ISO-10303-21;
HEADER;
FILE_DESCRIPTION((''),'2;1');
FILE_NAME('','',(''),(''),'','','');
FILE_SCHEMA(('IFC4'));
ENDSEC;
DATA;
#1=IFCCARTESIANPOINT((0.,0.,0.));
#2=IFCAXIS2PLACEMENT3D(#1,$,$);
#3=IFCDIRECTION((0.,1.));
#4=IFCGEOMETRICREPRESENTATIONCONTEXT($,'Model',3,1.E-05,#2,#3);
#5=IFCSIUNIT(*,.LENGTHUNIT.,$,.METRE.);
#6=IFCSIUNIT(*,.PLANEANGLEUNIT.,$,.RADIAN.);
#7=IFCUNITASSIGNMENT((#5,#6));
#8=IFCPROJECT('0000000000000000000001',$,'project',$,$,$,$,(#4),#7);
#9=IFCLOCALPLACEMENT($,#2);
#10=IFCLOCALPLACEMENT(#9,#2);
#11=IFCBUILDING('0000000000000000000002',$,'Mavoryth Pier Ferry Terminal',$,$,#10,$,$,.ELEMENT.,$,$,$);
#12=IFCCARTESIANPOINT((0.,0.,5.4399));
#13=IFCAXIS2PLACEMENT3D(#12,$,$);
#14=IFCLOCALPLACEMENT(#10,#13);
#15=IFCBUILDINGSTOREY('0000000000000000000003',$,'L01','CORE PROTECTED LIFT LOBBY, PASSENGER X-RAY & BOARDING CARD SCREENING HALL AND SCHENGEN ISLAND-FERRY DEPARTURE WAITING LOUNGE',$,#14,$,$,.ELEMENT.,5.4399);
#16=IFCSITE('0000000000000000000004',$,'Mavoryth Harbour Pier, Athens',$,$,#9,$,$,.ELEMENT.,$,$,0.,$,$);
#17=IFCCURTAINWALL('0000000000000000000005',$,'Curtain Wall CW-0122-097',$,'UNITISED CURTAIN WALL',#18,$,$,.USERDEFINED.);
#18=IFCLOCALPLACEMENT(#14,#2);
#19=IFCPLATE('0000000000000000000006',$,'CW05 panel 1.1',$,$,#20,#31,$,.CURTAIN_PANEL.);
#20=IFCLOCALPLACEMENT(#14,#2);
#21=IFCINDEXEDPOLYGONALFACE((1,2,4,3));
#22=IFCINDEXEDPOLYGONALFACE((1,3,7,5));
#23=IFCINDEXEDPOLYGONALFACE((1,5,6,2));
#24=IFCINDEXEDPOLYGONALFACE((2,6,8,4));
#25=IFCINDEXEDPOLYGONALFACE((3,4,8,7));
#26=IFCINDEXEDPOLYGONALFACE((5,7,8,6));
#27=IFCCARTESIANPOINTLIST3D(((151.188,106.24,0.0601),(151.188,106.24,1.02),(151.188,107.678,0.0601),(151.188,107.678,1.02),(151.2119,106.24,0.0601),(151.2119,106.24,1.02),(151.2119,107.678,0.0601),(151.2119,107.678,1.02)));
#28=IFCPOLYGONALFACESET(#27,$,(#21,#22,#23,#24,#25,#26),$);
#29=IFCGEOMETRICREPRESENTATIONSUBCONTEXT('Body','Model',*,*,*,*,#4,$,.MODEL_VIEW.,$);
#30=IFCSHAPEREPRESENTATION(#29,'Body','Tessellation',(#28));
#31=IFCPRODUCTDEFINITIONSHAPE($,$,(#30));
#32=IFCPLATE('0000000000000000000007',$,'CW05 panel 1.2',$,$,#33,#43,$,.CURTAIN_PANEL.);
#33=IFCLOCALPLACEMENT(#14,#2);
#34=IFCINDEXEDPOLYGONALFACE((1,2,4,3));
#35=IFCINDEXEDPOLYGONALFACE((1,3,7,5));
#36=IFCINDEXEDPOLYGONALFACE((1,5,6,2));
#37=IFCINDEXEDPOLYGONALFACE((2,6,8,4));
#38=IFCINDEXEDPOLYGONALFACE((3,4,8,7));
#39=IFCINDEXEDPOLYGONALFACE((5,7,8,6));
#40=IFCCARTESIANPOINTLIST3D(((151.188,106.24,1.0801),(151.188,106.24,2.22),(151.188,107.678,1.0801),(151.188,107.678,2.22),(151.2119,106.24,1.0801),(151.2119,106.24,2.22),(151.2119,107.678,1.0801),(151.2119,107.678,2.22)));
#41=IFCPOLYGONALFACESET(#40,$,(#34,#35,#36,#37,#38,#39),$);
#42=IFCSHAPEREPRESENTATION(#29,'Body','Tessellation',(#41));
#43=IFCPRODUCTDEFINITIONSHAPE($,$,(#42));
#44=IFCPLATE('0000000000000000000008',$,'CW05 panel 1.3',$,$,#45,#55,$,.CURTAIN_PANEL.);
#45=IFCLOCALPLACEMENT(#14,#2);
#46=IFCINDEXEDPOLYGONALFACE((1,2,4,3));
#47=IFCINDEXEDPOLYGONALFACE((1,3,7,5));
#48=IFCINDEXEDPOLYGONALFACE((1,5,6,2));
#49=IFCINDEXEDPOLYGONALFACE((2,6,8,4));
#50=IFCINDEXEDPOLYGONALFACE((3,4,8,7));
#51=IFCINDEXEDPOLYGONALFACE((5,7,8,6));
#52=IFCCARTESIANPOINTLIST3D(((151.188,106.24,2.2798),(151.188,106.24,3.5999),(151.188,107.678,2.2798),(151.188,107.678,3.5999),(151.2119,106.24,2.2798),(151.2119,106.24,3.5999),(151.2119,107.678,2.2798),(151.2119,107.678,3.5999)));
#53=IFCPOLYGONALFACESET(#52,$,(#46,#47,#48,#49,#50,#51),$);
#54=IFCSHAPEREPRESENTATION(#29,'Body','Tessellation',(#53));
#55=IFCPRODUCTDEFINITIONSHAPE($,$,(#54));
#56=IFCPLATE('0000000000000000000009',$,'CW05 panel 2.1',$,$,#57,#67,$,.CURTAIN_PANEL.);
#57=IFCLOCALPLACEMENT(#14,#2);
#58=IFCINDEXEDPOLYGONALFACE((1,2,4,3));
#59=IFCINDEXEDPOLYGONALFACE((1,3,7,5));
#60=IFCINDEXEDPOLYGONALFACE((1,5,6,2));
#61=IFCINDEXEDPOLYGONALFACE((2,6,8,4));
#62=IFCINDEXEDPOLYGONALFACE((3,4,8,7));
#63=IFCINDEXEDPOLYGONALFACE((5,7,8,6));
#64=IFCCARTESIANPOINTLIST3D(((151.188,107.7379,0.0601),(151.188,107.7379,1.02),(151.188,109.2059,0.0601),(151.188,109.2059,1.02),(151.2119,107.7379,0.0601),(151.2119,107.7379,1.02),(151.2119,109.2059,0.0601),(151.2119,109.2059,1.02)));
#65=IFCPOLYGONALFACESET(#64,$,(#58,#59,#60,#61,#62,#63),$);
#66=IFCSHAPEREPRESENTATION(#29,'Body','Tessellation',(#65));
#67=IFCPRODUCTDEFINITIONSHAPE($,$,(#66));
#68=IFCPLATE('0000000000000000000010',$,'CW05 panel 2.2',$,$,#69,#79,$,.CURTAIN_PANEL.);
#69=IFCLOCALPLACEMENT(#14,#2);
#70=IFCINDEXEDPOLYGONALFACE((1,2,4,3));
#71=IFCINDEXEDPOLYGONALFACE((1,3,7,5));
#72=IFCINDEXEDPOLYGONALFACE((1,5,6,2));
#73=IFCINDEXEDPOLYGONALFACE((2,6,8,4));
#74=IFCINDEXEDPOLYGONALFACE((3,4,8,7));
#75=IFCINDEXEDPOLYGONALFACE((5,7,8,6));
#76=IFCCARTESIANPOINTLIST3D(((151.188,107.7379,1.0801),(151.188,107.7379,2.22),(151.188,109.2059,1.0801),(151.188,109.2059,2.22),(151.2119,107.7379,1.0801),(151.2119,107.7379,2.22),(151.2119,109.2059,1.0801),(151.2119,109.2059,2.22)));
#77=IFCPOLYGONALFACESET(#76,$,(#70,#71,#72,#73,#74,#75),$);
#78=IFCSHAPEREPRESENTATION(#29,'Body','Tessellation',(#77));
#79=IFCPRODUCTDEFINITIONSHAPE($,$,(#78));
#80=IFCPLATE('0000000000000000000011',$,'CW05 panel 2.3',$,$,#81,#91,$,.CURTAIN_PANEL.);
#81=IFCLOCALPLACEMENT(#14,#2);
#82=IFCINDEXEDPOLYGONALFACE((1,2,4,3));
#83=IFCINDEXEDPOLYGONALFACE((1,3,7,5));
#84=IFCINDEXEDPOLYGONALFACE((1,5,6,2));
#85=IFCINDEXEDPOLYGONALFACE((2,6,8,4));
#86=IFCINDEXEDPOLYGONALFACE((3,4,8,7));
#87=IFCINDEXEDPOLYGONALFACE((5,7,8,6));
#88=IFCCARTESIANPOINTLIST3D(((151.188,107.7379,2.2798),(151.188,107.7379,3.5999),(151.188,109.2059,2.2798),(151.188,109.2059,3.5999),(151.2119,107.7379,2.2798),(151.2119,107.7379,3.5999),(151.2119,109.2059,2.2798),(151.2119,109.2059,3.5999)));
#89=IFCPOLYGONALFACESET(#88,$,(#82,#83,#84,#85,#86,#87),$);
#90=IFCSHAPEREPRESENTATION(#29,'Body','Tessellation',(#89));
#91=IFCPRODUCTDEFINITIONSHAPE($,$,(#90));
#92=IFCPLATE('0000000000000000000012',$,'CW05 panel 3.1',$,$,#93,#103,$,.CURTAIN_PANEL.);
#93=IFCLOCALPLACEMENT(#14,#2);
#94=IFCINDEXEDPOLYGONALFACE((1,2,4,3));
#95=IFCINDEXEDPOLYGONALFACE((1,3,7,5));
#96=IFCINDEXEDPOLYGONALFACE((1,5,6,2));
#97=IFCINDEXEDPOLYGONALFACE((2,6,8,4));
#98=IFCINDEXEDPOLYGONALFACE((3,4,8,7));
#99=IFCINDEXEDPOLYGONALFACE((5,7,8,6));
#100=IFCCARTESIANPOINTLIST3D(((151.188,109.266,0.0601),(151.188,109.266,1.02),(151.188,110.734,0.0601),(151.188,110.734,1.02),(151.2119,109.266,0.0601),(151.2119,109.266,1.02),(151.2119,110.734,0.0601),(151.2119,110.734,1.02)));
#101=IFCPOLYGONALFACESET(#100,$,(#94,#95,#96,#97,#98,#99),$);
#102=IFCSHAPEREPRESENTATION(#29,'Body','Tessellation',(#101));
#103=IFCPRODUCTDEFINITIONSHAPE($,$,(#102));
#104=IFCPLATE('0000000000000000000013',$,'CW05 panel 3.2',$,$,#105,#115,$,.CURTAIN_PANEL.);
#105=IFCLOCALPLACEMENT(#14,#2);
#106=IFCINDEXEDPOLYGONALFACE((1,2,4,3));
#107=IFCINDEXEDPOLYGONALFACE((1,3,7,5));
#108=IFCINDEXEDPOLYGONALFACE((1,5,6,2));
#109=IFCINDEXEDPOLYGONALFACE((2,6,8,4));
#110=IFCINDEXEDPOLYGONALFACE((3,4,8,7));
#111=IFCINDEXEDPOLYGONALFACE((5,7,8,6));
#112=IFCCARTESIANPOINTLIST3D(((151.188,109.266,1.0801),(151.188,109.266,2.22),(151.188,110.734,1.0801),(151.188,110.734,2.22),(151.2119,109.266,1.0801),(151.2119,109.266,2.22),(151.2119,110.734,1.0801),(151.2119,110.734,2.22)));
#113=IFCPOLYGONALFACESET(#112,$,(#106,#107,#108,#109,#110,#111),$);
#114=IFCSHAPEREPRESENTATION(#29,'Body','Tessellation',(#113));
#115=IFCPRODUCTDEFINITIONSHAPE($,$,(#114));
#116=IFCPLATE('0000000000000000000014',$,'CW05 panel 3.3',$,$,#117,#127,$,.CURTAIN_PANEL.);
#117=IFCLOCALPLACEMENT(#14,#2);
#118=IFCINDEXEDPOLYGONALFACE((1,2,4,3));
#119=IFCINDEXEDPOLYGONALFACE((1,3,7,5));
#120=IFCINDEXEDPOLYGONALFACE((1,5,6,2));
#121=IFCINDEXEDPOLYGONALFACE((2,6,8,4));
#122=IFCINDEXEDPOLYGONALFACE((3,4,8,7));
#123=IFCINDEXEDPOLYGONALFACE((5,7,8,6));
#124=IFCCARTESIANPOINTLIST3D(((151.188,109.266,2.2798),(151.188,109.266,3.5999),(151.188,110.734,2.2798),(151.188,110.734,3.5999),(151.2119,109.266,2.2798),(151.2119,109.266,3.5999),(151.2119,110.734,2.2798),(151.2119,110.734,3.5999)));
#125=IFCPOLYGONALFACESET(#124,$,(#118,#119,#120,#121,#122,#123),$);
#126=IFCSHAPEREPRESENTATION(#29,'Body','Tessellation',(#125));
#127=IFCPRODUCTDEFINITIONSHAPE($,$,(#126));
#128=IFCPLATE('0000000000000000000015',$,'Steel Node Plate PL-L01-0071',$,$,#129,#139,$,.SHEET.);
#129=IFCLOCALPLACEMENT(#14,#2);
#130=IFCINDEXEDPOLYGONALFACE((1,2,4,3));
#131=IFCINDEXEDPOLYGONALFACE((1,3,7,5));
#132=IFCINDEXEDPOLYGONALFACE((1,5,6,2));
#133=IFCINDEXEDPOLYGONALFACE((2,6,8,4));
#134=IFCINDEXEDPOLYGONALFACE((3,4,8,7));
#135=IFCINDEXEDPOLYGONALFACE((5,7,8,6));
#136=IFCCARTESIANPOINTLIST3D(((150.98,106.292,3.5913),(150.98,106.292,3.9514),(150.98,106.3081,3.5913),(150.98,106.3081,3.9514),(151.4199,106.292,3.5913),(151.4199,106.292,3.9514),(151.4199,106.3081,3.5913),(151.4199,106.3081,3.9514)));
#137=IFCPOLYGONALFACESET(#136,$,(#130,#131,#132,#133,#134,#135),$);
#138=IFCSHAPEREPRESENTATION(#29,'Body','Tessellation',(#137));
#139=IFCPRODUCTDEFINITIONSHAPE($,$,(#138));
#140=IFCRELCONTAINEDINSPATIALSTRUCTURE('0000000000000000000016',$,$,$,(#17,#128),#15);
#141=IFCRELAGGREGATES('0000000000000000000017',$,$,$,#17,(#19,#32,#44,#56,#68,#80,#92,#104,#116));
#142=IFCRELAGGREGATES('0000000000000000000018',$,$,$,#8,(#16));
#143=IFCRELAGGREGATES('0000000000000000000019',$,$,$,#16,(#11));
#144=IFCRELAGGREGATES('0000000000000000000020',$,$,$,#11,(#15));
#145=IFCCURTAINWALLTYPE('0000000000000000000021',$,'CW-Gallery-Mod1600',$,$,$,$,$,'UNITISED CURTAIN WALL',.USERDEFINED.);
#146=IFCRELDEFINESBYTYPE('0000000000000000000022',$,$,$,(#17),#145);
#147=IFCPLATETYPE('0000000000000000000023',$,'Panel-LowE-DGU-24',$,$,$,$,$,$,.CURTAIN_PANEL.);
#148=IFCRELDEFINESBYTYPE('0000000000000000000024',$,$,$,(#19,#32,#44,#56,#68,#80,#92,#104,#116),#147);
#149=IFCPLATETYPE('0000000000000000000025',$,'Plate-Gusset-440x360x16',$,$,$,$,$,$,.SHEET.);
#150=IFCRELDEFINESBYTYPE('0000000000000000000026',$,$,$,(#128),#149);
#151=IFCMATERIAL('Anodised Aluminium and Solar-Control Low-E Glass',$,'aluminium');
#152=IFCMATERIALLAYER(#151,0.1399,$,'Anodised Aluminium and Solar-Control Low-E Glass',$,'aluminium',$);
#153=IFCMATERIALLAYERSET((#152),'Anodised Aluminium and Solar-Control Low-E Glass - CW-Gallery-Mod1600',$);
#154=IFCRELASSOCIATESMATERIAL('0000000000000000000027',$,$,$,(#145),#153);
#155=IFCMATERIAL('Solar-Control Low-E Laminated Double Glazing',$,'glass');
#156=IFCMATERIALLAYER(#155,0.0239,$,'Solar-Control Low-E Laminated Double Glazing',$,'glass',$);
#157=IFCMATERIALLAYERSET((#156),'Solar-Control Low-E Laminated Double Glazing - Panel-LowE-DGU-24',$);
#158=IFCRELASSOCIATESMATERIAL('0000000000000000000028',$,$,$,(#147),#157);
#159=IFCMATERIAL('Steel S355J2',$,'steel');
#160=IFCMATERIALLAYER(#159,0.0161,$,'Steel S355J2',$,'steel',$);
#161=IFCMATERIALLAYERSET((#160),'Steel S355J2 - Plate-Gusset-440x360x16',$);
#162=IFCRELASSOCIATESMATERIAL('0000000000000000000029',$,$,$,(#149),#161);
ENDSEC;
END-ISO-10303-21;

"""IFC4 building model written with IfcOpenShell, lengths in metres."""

from ifc_helpers import new_model, si_unit, direction, frame, origin, origin_2d, place, context, subcontext, project, spatial, rectangle, extrude, material, layer, layer_set, type_object, element, aggregate, save


model = new_model("IFC4")

# Units and contexts
model_context = context("Model", 3, precision=1e-05, world=origin(), true_north=direction((0.0, 1.0)))
body_context = subcontext(model_context, "Body", "Model", "MODEL_VIEW")
ifc_project = project(units=[si_unit("LENGTHUNIT", "METRE"), si_unit("PLANEANGLEUNIT", "RADIAN")], contexts=[model_context])

# Site, building, storey
site_placement = place(None, origin())
site = spatial("IfcSite", under=ifc_project, at=site_placement, Name="Mavoryth Harbour Pier, Athens", CompositionType="ELEMENT", RefElevation=0.0)
building_placement = place(site_placement, origin())
building = spatial("IfcBuilding", under=site, at=building_placement, Name="Mavoryth Pier Ferry Terminal", CompositionType="ELEMENT")
storey_placement = place(building_placement, frame((0.0, 0.0, 5.4399)))
storey = spatial("IfcBuildingStorey", under=building, at=storey_placement, Name="L01", Description="CORE PROTECTED LIFT LOBBY, PASSENGER X-RAY & BOARDING CARD SCREENING HALL AND SCHENGEN ISLAND-FERRY DEPARTURE WAITING LOUNGE", CompositionType="ELEMENT", Elevation=5.4399)

# Shared definitions
ifc_material_1 = material(Name="Steel S355J2", Category="steel")

# Curtain wall
ifc_material_2 = material(Name="Anodised Aluminium and Solar-Control Low-E Glass", Category="aluminium")
ifc_layer_1 = layer(ifc_material_2, 0.1399, Name="Anodised Aluminium and Solar-Control Low-E Glass", Category="aluminium")
ifc_layer_set_1 = layer_set([ifc_layer_1], Name="Anodised Aluminium and Solar-Control Low-E Glass - CW-Gallery-Mod1600")
curtain_wall_type = type_object("IfcCurtainWallType", Name="CW-Gallery-Mod1600", ElementType="UNITISED CURTAIN WALL", PredefinedType="USERDEFINED", material=ifc_layer_set_1)
curtain_wall_1_placement = place(storey_placement, origin())
curtain_wall_1 = element("IfcCurtainWall", 1, at=curtain_wall_1_placement, inside=storey, type_object=curtain_wall_type, Name="Curtain Wall CW-0122-097", ObjectType="UNITISED CURTAIN WALL", PredefinedType="USERDEFINED")

# Plates
ifc_material_3 = material(Name="Solar-Control Low-E Laminated Double Glazing", Category="glass")
ifc_layer_2 = layer(ifc_material_3, 0.0239, Name="Solar-Control Low-E Laminated Double Glazing", Category="glass")
ifc_layer_set_2 = layer_set([ifc_layer_2], Name="Solar-Control Low-E Laminated Double Glazing - Panel-LowE-DGU-24")
plate_type_1 = type_object("IfcPlateType", Name="Panel-LowE-DGU-24", PredefinedType="CURTAIN_PANEL", material=ifc_layer_set_2)
plate_1_placement = place(storey_placement, frame((151.2, 106.959, 0.0601), z_axis=(0.0, 0.0, 1.0), x_axis=(0.0, 1.0, 0.0)))
plate_1 = element("IfcPlate", 2, at=plate_1_placement, type_object=plate_type_1, Name="CW05 panel 1.1", PredefinedType="CURTAIN_PANEL", context=body_context, shape_type="SweptSolid", body=[
    extrude(rectangle(XDim=1.438, YDim=0.0239, at=origin_2d()), origin(), (0.0, 0.0, 1.0), 0.96),
])
plate_2_placement = place(storey_placement, frame((151.2, 106.959, 1.0801), z_axis=(0.0, 0.0, 1.0), x_axis=(0.0, 1.0, 0.0)))
plate_2 = element("IfcPlate", 3, at=plate_2_placement, type_object=plate_type_1, Name="CW05 panel 1.2", PredefinedType="CURTAIN_PANEL", context=body_context, shape_type="SweptSolid", body=[
    extrude(rectangle(XDim=1.438, YDim=0.0239, at=origin_2d()), origin(), (0.0, 0.0, 1.0), 1.1399),
])
plate_3_placement = place(storey_placement, frame((151.2, 106.959, 2.2798), z_axis=(0.0, 0.0, 1.0), x_axis=(0.0, 1.0, 0.0)))
plate_3 = element("IfcPlate", 4, at=plate_3_placement, type_object=plate_type_1, Name="CW05 panel 1.3", PredefinedType="CURTAIN_PANEL", context=body_context, shape_type="SweptSolid", body=[
    extrude(rectangle(XDim=1.438, YDim=0.0239, at=origin_2d()), origin(), (0.0, 0.0, 1.0), 1.3201),
])
plate_4_placement = place(storey_placement, frame((151.2, 108.4719, 0.0601), z_axis=(0.0, 0.0, 1.0), x_axis=(0.0, 1.0, 0.0)))
plate_4 = element("IfcPlate", 5, at=plate_4_placement, type_object=plate_type_1, Name="CW05 panel 2.1", PredefinedType="CURTAIN_PANEL", context=body_context, shape_type="SweptSolid", body=[
    extrude(rectangle(XDim=1.468, YDim=0.0239, at=origin_2d()), origin(), (0.0, 0.0, 1.0), 0.96),
])
plate_5_placement = place(storey_placement, frame((151.2, 108.4719, 1.0801), z_axis=(0.0, 0.0, 1.0), x_axis=(0.0, 1.0, 0.0)))
plate_5 = element("IfcPlate", 6, at=plate_5_placement, type_object=plate_type_1, Name="CW05 panel 2.2", PredefinedType="CURTAIN_PANEL", context=body_context, shape_type="SweptSolid", body=[
    extrude(rectangle(XDim=1.468, YDim=0.0239, at=origin_2d()), origin(), (0.0, 0.0, 1.0), 1.1399),
])
plate_6_placement = place(storey_placement, frame((151.2, 108.4719, 2.2798), z_axis=(0.0, 0.0, 1.0), x_axis=(0.0, 1.0, 0.0)))
plate_6 = element("IfcPlate", 7, at=plate_6_placement, type_object=plate_type_1, Name="CW05 panel 2.3", PredefinedType="CURTAIN_PANEL", context=body_context, shape_type="SweptSolid", body=[
    extrude(rectangle(XDim=1.468, YDim=0.0239, at=origin_2d()), origin(), (0.0, 0.0, 1.0), 1.3201),
])
plate_7_placement = place(storey_placement, frame((151.2, 110.0, 0.0601), z_axis=(0.0, 0.0, 1.0), x_axis=(0.0, 1.0, 0.0)))
plate_7 = element("IfcPlate", 8, at=plate_7_placement, type_object=plate_type_1, Name="CW05 panel 3.1", PredefinedType="CURTAIN_PANEL", context=body_context, shape_type="SweptSolid", body=[
    extrude(rectangle(XDim=1.468, YDim=0.0239, at=origin_2d()), origin(), (0.0, 0.0, 1.0), 0.96),
])
plate_8_placement = place(storey_placement, frame((151.2, 110.0, 1.0801), z_axis=(0.0, 0.0, 1.0), x_axis=(0.0, 1.0, 0.0)))
plate_8 = element("IfcPlate", 9, at=plate_8_placement, type_object=plate_type_1, Name="CW05 panel 3.2", PredefinedType="CURTAIN_PANEL", context=body_context, shape_type="SweptSolid", body=[
    extrude(rectangle(XDim=1.468, YDim=0.0239, at=origin_2d()), origin(), (0.0, 0.0, 1.0), 1.1399),
])
plate_9_placement = place(storey_placement, frame((151.2, 110.0, 2.2798), z_axis=(0.0, 0.0, 1.0), x_axis=(0.0, 1.0, 0.0)))
plate_9 = element("IfcPlate", 10, at=plate_9_placement, type_object=plate_type_1, Name="CW05 panel 3.3", PredefinedType="CURTAIN_PANEL", context=body_context, shape_type="SweptSolid", body=[
    extrude(rectangle(XDim=1.468, YDim=0.0239, at=origin_2d()), origin(), (0.0, 0.0, 1.0), 1.3201),
])
aggregate(curtain_wall_1, [plate_1, plate_2, plate_3, plate_4, plate_5, plate_6, plate_7, plate_8, plate_9])
ifc_layer_3 = layer(ifc_material_1, 0.0161, Name="Steel S355J2", Category="steel")
ifc_layer_set_3 = layer_set([ifc_layer_3], Name="Steel S355J2 - Plate-Gusset-440x360x16")
plate_type_2 = type_object("IfcPlateType", Name="Plate-Gusset-440x360x16", PredefinedType="SHEET", material=ifc_layer_set_3)
plate_10_placement = place(storey_placement, frame((151.2, 106.3, 3.5913), z_axis=(0.0, 0.0, 1.0), x_axis=(1.0, 0.0, 0.0)))
element("IfcPlate", 11, at=plate_10_placement, inside=storey, type_object=plate_type_2, Name="Steel Node Plate PL-L01-0071", PredefinedType="SHEET", context=body_context, shape_type="SweptSolid", body=[
    extrude(rectangle(XDim=0.4399, YDim=0.0161, at=origin_2d()), origin(), (0.0, 0.0, 1.0), 0.3601),
])

save(model, "model.ifc")
